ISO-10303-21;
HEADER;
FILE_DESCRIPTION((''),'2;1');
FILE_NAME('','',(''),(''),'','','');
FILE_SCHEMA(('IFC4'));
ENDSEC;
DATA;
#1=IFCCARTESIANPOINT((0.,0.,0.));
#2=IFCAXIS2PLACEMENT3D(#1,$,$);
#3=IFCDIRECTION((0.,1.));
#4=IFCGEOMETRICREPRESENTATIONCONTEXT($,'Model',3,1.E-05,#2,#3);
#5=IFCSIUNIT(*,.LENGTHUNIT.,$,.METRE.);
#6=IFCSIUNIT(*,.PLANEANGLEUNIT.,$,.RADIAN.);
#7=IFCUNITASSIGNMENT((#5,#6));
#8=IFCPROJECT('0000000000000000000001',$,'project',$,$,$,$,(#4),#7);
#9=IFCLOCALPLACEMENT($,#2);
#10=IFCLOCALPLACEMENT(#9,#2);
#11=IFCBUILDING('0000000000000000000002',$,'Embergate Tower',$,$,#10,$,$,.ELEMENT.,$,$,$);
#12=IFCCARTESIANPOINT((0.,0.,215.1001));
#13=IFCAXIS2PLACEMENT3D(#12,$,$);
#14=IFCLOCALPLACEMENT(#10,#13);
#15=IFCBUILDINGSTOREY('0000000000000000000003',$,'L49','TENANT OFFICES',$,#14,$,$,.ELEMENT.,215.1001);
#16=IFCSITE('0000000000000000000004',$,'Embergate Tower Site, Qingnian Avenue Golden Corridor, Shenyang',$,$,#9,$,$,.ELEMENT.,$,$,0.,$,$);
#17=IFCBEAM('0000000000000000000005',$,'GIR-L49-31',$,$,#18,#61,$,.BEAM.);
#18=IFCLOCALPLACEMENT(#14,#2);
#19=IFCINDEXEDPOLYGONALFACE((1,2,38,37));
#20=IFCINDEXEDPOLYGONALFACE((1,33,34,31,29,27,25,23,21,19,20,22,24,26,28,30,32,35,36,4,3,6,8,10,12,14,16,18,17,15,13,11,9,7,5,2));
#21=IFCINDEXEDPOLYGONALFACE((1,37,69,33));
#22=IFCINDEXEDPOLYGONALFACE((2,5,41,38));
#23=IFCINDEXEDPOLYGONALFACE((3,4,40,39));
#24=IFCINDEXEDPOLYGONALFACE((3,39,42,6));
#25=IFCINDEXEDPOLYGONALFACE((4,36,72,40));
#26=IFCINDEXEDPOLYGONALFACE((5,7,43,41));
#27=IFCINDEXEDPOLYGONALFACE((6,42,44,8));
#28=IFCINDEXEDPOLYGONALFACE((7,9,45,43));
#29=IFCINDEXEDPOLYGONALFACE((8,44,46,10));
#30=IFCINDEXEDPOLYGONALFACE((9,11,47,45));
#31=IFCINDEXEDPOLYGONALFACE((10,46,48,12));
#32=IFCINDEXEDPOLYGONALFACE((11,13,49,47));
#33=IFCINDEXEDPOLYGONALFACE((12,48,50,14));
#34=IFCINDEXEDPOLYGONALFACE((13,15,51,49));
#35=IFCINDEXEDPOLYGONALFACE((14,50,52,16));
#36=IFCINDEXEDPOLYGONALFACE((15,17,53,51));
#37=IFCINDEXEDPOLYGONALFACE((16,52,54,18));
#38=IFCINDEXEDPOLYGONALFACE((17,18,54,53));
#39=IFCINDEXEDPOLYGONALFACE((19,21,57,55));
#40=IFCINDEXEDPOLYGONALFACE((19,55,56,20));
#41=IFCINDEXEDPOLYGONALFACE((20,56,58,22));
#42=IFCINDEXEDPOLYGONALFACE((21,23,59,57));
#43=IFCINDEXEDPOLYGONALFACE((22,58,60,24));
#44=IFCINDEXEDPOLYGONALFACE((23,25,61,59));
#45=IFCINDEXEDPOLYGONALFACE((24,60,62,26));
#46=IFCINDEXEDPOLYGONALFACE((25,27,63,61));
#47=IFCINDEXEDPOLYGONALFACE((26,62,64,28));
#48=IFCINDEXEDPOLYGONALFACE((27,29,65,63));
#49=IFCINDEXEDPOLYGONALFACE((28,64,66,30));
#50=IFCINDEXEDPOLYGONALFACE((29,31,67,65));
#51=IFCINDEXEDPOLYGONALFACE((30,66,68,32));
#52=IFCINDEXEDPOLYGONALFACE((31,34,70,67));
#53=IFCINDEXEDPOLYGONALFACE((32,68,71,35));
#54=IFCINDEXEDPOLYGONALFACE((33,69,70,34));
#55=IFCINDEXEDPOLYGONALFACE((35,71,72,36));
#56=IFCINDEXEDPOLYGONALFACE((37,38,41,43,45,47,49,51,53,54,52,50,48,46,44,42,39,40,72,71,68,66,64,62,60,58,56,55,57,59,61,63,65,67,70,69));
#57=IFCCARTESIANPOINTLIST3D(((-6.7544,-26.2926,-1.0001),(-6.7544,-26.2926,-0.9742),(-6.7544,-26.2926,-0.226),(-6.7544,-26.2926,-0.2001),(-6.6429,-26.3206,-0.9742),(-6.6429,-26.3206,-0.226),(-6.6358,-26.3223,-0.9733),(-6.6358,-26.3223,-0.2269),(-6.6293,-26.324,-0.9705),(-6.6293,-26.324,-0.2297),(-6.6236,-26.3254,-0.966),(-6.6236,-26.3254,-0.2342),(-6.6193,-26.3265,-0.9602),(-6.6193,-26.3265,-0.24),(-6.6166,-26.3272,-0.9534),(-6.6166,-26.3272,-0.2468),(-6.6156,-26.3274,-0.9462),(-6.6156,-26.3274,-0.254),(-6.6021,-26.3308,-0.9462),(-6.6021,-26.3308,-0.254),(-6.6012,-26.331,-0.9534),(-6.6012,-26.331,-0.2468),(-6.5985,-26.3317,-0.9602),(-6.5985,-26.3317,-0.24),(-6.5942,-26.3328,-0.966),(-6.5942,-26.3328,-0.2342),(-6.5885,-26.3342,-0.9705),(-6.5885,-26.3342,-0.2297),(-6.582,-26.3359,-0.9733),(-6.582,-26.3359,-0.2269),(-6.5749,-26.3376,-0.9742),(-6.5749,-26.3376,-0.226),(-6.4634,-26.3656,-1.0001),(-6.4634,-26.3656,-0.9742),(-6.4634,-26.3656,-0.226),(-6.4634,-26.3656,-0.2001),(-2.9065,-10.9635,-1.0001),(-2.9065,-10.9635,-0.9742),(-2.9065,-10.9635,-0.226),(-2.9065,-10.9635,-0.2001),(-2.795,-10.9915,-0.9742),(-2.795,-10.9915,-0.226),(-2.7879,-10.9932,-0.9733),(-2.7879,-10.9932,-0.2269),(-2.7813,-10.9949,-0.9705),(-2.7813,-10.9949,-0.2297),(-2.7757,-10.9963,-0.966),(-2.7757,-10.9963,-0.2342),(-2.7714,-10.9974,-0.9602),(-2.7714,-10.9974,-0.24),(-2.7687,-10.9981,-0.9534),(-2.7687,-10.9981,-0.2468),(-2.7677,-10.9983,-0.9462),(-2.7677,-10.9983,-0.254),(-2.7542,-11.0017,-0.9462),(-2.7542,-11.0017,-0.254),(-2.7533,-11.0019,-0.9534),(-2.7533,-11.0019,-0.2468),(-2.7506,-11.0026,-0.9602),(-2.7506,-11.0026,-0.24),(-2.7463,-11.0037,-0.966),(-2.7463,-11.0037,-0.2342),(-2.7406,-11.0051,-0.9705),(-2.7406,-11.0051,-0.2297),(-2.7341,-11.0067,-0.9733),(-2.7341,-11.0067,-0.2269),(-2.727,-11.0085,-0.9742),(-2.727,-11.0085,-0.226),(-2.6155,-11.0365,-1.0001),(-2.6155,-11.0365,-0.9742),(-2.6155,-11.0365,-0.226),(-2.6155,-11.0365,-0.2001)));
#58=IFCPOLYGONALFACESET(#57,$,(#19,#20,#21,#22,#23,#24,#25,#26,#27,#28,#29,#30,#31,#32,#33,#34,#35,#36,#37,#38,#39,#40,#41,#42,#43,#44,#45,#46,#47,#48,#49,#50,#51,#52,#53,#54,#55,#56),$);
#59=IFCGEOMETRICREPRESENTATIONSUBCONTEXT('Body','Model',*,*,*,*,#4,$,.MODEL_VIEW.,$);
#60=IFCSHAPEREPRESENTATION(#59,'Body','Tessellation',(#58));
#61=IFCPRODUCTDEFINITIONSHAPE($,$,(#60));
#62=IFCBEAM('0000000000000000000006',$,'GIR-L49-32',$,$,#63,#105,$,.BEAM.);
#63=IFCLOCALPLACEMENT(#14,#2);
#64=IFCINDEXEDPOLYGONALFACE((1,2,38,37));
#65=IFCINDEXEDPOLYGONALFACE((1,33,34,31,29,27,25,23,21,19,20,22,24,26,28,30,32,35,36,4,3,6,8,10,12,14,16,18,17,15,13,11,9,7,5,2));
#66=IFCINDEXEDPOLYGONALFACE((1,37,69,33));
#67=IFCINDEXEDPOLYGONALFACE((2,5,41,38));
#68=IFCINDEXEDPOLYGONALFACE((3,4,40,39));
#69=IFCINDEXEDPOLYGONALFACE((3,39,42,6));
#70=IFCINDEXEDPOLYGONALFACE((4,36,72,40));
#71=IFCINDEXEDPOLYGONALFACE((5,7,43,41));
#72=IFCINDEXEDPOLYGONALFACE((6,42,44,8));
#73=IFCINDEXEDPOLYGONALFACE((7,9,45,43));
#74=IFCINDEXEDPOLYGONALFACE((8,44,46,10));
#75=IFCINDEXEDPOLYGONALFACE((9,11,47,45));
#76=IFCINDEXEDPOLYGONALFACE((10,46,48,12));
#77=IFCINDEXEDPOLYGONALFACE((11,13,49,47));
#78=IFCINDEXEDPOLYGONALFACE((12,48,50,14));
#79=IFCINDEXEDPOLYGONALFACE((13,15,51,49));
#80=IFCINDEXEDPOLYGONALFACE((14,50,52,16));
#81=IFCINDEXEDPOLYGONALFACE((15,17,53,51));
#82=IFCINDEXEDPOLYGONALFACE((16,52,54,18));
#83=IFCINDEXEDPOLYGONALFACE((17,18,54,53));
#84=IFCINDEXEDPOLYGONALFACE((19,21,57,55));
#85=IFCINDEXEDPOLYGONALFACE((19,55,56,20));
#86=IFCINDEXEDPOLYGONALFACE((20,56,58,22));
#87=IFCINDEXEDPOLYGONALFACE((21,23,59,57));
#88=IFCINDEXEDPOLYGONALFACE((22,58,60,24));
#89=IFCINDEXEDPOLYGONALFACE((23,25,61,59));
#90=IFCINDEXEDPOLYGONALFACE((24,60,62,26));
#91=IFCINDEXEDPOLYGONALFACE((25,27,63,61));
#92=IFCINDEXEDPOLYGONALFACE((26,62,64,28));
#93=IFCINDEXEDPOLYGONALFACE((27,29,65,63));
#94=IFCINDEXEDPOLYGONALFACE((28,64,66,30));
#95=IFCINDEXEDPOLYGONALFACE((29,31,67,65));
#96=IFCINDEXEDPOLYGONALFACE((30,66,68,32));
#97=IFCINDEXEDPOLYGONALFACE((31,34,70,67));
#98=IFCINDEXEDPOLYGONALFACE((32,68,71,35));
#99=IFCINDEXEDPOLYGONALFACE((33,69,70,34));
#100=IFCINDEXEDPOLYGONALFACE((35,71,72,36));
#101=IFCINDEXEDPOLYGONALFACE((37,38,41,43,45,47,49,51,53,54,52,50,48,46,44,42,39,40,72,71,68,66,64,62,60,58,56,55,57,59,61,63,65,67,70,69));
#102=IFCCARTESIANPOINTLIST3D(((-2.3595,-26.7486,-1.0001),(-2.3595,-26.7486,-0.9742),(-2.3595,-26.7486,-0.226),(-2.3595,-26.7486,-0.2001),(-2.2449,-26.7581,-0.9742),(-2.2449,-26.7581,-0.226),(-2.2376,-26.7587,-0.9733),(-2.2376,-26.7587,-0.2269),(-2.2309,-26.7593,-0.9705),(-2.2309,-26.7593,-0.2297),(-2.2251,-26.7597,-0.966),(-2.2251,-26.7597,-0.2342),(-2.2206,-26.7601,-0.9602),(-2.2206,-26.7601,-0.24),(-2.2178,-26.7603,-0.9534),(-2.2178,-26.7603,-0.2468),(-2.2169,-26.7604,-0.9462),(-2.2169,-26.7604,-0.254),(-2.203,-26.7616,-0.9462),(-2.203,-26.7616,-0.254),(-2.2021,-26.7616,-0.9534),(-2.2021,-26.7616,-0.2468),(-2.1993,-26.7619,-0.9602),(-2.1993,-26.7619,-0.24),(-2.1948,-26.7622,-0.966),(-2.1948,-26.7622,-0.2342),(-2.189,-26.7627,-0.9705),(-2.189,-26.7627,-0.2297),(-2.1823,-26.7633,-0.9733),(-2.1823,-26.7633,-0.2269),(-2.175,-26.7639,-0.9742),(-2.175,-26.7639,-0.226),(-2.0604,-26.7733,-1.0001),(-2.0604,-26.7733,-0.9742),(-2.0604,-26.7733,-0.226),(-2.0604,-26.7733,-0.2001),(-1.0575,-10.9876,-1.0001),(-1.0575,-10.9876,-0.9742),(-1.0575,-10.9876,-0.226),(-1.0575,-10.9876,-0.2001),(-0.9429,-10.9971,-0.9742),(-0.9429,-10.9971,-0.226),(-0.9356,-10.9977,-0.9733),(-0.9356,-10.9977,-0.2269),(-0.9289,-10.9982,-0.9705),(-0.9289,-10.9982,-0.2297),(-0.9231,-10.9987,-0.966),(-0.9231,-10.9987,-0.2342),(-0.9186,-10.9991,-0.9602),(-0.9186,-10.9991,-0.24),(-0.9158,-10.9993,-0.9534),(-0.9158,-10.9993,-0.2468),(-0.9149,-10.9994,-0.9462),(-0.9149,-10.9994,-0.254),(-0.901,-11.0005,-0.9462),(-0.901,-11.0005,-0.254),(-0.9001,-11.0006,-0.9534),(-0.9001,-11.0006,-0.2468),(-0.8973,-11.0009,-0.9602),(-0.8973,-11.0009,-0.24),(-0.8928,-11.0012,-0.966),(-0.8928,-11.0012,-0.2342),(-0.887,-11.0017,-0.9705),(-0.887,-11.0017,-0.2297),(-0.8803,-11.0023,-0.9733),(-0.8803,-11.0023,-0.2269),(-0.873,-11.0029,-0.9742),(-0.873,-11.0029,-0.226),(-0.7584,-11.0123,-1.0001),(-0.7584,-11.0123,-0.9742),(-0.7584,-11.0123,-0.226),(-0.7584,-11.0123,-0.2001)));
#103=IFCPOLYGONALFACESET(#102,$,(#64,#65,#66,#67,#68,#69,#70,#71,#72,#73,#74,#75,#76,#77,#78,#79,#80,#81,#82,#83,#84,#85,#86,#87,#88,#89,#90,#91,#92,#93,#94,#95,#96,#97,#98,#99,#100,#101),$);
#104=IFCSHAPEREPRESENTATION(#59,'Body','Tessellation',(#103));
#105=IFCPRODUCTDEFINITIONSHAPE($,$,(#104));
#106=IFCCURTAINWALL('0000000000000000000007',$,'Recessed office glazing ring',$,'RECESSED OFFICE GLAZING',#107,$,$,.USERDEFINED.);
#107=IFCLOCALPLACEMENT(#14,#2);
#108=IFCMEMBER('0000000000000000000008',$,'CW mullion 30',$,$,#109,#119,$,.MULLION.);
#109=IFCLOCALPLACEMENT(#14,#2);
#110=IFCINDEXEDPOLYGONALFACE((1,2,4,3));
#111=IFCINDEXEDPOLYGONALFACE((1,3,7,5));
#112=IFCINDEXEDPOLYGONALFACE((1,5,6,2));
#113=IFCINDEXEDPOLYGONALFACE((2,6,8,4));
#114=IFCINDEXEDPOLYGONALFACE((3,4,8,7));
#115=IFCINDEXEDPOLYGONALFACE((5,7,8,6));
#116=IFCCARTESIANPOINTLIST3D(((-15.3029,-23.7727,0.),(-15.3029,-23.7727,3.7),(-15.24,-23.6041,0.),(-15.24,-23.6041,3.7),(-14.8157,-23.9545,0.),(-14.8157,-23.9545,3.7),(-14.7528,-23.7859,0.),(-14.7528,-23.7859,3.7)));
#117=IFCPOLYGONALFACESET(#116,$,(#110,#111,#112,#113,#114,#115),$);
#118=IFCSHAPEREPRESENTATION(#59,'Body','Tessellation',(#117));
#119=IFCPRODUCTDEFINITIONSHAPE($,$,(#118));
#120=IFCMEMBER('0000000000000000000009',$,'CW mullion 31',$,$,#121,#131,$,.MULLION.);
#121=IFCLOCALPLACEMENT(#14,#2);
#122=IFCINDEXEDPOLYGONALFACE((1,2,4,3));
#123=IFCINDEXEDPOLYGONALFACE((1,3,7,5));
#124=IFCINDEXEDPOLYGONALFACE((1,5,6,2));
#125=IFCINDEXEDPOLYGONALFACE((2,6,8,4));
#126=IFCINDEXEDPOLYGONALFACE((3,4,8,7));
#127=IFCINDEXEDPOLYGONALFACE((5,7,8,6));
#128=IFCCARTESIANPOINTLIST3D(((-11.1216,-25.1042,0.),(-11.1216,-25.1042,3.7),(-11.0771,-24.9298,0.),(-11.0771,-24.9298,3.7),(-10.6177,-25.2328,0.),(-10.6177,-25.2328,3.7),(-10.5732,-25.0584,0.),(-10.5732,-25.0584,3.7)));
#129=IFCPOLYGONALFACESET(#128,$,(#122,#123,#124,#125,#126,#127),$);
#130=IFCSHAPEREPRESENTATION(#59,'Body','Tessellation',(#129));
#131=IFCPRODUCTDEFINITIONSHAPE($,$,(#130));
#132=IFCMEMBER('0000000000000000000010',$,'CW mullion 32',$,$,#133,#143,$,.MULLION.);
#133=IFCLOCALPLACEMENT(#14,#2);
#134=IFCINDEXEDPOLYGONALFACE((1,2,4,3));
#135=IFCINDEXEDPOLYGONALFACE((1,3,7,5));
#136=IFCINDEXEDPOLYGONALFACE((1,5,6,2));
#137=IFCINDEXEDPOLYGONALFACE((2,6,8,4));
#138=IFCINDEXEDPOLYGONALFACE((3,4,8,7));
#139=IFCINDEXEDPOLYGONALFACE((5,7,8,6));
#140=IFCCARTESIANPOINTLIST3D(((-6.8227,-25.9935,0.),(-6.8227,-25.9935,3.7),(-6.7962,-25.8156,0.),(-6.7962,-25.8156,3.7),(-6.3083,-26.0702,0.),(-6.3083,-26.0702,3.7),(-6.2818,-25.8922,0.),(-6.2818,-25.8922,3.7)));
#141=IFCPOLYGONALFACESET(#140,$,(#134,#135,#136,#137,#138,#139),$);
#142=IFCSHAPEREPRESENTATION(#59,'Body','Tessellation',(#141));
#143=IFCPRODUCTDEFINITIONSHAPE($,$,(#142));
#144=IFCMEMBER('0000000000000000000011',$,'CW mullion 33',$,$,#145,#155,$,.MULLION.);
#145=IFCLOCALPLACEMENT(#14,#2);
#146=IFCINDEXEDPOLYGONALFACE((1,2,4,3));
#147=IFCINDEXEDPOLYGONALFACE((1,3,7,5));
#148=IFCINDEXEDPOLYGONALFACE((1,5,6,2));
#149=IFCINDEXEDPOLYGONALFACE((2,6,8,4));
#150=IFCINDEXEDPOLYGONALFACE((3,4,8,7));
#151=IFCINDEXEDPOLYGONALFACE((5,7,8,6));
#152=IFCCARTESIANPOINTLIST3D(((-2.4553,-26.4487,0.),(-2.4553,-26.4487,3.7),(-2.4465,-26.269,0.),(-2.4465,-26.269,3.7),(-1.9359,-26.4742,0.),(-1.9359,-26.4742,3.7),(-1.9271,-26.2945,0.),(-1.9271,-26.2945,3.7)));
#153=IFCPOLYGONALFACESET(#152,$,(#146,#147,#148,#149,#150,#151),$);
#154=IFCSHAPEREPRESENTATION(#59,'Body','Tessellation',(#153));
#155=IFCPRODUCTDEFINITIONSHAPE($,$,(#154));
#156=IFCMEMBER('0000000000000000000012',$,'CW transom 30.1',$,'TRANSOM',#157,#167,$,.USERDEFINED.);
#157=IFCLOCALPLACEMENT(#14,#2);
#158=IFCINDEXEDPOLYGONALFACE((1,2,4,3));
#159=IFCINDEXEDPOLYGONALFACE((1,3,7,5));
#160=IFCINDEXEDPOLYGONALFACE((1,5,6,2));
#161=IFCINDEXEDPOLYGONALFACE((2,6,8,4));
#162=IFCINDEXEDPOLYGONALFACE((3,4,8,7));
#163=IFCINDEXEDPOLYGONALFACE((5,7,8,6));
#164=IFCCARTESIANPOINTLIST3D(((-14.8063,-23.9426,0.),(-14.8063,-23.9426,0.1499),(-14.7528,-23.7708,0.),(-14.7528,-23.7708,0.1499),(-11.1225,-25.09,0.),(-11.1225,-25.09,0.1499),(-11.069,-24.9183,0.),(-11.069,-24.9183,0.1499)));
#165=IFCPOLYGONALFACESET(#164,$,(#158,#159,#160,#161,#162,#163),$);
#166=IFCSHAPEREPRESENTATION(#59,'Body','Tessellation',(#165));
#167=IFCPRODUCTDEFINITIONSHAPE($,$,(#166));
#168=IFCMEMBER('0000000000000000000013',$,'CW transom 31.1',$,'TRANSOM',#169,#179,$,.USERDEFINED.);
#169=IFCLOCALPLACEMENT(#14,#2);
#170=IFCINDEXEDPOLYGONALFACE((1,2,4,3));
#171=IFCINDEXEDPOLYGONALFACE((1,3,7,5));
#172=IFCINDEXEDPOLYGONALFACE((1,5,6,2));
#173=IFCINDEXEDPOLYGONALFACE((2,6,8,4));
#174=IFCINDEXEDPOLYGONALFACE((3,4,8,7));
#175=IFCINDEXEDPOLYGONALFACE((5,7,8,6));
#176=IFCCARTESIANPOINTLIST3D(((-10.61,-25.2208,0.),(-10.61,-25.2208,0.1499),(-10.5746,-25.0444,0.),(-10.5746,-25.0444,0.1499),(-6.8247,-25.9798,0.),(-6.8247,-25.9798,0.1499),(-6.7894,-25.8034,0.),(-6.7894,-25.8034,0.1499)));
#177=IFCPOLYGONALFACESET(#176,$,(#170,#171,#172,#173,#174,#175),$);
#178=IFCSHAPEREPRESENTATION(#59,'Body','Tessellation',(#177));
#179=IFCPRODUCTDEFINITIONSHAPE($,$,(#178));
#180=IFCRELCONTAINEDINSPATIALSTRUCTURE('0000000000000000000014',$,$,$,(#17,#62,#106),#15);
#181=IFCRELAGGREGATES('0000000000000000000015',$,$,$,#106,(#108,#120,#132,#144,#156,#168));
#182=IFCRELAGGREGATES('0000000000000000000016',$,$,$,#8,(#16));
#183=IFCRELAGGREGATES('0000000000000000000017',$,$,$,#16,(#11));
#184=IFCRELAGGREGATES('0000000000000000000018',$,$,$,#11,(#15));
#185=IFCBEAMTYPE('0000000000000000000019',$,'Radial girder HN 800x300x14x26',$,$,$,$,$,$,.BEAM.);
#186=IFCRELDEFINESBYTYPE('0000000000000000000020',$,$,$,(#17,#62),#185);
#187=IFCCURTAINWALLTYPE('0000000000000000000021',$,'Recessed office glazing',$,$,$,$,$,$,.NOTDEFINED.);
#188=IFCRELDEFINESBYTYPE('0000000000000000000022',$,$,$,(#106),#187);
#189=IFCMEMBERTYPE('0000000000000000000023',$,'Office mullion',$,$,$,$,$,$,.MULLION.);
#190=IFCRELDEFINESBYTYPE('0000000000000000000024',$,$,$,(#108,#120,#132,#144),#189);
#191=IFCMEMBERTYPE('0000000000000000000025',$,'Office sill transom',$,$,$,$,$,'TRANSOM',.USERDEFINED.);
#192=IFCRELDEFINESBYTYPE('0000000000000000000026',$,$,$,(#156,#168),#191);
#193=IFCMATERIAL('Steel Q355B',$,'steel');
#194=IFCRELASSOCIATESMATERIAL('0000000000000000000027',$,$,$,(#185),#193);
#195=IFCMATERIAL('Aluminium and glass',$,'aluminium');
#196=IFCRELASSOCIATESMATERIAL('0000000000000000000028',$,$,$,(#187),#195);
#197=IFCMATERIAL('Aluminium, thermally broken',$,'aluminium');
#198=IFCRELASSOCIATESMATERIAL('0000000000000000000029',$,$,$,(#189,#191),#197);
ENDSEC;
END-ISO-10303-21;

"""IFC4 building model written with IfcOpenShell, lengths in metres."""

from ifc_helpers import new_model, si_unit, direction, frame, origin, origin_2d, place, context, subcontext, project, spatial, rectangle, i_section, extrude, source, transform, mapped, material, material_profile, profile_set, type_object, element, aggregate, save


model = new_model("IFC4")

# Units and contexts
model_context = context("Model", 3, precision=1e-05, world=origin(), true_north=direction((0.0, 1.0)))
body_context = subcontext(model_context, "Body", "Model", "MODEL_VIEW")
ifc_project = project(units=[si_unit("LENGTHUNIT", "METRE"), si_unit("PLANEANGLEUNIT", "RADIAN")], contexts=[model_context])

# Site, building, storey
site_placement = place(None, origin())
site = spatial("IfcSite", under=ifc_project, at=site_placement, Name="Embergate Tower Site, Qingnian Avenue Golden Corridor, Shenyang", CompositionType="ELEMENT", RefElevation=0.0)
building_placement = place(site_placement, origin())
building = spatial("IfcBuilding", under=site, at=building_placement, Name="Embergate Tower", CompositionType="ELEMENT")
storey_placement = place(building_placement, frame((0.0, 0.0, 215.1001)))
storey = spatial("IfcBuildingStorey", under=building, at=storey_placement, Name="L49", Description="TENANT OFFICES", CompositionType="ELEMENT", Elevation=215.1001)

# Beams
ifc_material_1 = material(Name="Steel Q355B", Category="steel")
ifc_material_profile_1 = material_profile(ifc_material_1, i_section(OverallWidth=0.3, OverallDepth=0.8, WebThickness=0.0139, FlangeThickness=0.0259, FilletRadius=0.0281, at=origin_2d()), Name="HN 800x300x14x26")
ifc_profile_set_1 = profile_set([ifc_material_profile_1], Name="Steel Q355 grade B")
beam_type_1 = type_object("IfcBeamType", Name="Radial girder HN 800x300x14x26", PredefinedType="BEAM", material=ifc_profile_set_1)
shared_shape_1 = source(origin(), body_context, "Body", "SweptSolid", [
    extrude(i_section(OverallWidth=0.3, OverallDepth=0.8, WebThickness=0.0139, FlangeThickness=0.0259, FilletRadius=0.0281, at=origin_2d()), origin(), (0.0, 0.0, 1.0), 15.8047),
])
beam_1_placement = place(storey_placement, frame((-6.6089, -26.3291, -0.6001), z_axis=(0.243466, 0.969909, 0.0), x_axis=(-0.969909, 0.243466, 0.0)))
element("IfcBeam", 1, at=beam_1_placement, inside=storey, type_object=beam_type_1, Name="GIR-L49-31", PredefinedType="BEAM", context=body_context, shape_type="MappedRepresentation", body=[
    mapped(shared_shape_1, transform((0.0, 0.0, 0.0))),
])
shared_shape_2 = source(origin(), body_context, "Body", "SweptSolid", [
    extrude(i_section(OverallWidth=0.3, OverallDepth=0.8, WebThickness=0.0139, FlangeThickness=0.0259, FilletRadius=0.0281, at=origin_2d()), origin(), (0.0, 0.0, 1.0), 15.8147),
])
beam_2_placement = place(storey_placement, frame((-2.21, -26.761, -0.6001), z_axis=(0.082329, 0.996605, 0.0), x_axis=(-0.996605, 0.082329, 0.0)))
element("IfcBeam", 2, at=beam_2_placement, inside=storey, type_object=beam_type_1, Name="GIR-L49-32", PredefinedType="BEAM", context=body_context, shape_type="MappedRepresentation", body=[
    mapped(shared_shape_2, transform((0.0, 0.0, 0.0))),
])

# Curtain wall, members
ifc_material_2 = material(Name="Aluminium and glass", Category="aluminium")
curtain_wall_type = type_object("IfcCurtainWallType", Name="Recessed office glazing", PredefinedType="NOTDEFINED", material=ifc_material_2)
curtain_wall_placement = place(storey_placement, origin())
curtain_wall = element("IfcCurtainWall", 3, at=curtain_wall_placement, inside=storey, type_object=curtain_wall_type, Name="Recessed office glazing ring", ObjectType="RECESSED OFFICE GLAZING", PredefinedType="USERDEFINED")
ifc_material_3 = material(Name="Aluminium, thermally broken", Category="aluminium")
ifc_material_profile_2 = material_profile(ifc_material_3, rectangle(XDim=0.1799, YDim=0.52, at=origin_2d()), Name="AL 520x180")
ifc_profile_set_2 = profile_set([ifc_material_profile_2], Name="Aluminium, thermally broken")
member_type_1 = type_object("IfcMemberType", Name="Office mullion", PredefinedType="MULLION", material=ifc_profile_set_2)
shared_shape_3 = source(origin(), body_context, "Body", "SweptSolid", [
    extrude(rectangle(XDim=0.1799, YDim=0.52, at=origin_2d()), origin(), (0.0, 0.0, 1.0), 3.7),
])
member_1_placement = place(storey_placement, frame((-15.0278, -23.7793, 0.0), z_axis=(0.0, 0.0, 1.0), x_axis=(0.349506, 0.936934, 0.0)))
member_1 = element("IfcMember", 4, at=member_1_placement, type_object=member_type_1, Name="CW mullion 30", PredefinedType="MULLION", context=body_context, shape_type="MappedRepresentation", body=[
    mapped(shared_shape_3, transform((0.0, 0.0, 0.0))),
])
member_2_placement = place(storey_placement, frame((-10.8474, -25.0813, 0.0), z_axis=(0.0, 0.0, 1.0), x_axis=(0.247315, 0.968935, 0.0)))
member_2 = element("IfcMember", 5, at=member_2_placement, type_object=member_type_1, Name="CW mullion 31", PredefinedType="MULLION", context=body_context, shape_type="MappedRepresentation", body=[
    mapped(shared_shape_3, transform((0.0, 0.0, 0.0))),
])
member_3_placement = place(storey_placement, frame((-6.5522, -25.9429, 0.0), z_axis=(0.0, 0.0, 1.0), x_axis=(0.147414, 0.989075, 0.0)))
member_3 = element("IfcMember", 6, at=member_3_placement, type_object=member_type_1, Name="CW mullion 32", PredefinedType="MULLION", context=body_context, shape_type="MappedRepresentation", body=[
    mapped(shared_shape_3, transform((0.0, 0.0, 0.0))),
])
member_4_placement = place(storey_placement, frame((-2.1912, -26.3716, 0.0), z_axis=(0.0, 0.0, 1.0), x_axis=(0.048972, 0.9988, 0.0)))
member_4 = element("IfcMember", 7, at=member_4_placement, type_object=member_type_1, Name="CW mullion 33", PredefinedType="MULLION", context=body_context, shape_type="MappedRepresentation", body=[
    mapped(shared_shape_3, transform((0.0, 0.0, 0.0))),
])
ifc_material_profile_3 = material_profile(ifc_material_3, rectangle(XDim=0.1799, YDim=0.1499, at=origin_2d()), Name="AL 150x180")
ifc_profile_set_3 = profile_set([ifc_material_profile_3], Name="Aluminium, thermally broken")
member_type_2 = type_object("IfcMemberType", Name="Office sill transom", ElementType="TRANSOM", PredefinedType="USERDEFINED", material=ifc_profile_set_3)
shared_shape_4 = source(origin(), body_context, "Body", "SweptSolid", [
    extrude(rectangle(XDim=0.1799, YDim=0.1499, at=origin_2d()), origin(), (0.0, 0.0, 1.0), 3.8584),
])
member_5_placement = place(storey_placement, frame((-14.7795, -23.8567, 0.075), z_axis=(0.954755, -0.297392, 0.0), x_axis=(0.297392, 0.954755, 0.0)))
member_5 = element("IfcMember", 8, at=member_5_placement, type_object=member_type_2, Name="CW transom 30.1", ObjectType="TRANSOM", PredefinedType="USERDEFINED", context=body_context, shape_type="MappedRepresentation", body=[
    mapped(shared_shape_4, transform((0.0, 0.0, 0.0))),
])
shared_shape_5 = source(origin(), body_context, "Body", "SweptSolid", [
    extrude(rectangle(XDim=0.1799, YDim=0.1499, at=origin_2d()), origin(), (0.0, 0.0, 1.0), 3.8606),
])
member_6_placement = place(storey_placement, frame((-10.5923, -25.1326, 0.075), z_axis=(0.980481, -0.196615, 0.0), x_axis=(0.196615, 0.980481, 0.0)))
member_6 = element("IfcMember", 9, at=member_6_placement, type_object=member_type_2, Name="CW transom 31.1", ObjectType="TRANSOM", PredefinedType="USERDEFINED", context=body_context, shape_type="MappedRepresentation", body=[
    mapped(shared_shape_5, transform((0.0, 0.0, 0.0))),
])

aggregate(curtain_wall, [member_1, member_2, member_3, member_4, member_5, member_6])

save(model, "model.ifc")
